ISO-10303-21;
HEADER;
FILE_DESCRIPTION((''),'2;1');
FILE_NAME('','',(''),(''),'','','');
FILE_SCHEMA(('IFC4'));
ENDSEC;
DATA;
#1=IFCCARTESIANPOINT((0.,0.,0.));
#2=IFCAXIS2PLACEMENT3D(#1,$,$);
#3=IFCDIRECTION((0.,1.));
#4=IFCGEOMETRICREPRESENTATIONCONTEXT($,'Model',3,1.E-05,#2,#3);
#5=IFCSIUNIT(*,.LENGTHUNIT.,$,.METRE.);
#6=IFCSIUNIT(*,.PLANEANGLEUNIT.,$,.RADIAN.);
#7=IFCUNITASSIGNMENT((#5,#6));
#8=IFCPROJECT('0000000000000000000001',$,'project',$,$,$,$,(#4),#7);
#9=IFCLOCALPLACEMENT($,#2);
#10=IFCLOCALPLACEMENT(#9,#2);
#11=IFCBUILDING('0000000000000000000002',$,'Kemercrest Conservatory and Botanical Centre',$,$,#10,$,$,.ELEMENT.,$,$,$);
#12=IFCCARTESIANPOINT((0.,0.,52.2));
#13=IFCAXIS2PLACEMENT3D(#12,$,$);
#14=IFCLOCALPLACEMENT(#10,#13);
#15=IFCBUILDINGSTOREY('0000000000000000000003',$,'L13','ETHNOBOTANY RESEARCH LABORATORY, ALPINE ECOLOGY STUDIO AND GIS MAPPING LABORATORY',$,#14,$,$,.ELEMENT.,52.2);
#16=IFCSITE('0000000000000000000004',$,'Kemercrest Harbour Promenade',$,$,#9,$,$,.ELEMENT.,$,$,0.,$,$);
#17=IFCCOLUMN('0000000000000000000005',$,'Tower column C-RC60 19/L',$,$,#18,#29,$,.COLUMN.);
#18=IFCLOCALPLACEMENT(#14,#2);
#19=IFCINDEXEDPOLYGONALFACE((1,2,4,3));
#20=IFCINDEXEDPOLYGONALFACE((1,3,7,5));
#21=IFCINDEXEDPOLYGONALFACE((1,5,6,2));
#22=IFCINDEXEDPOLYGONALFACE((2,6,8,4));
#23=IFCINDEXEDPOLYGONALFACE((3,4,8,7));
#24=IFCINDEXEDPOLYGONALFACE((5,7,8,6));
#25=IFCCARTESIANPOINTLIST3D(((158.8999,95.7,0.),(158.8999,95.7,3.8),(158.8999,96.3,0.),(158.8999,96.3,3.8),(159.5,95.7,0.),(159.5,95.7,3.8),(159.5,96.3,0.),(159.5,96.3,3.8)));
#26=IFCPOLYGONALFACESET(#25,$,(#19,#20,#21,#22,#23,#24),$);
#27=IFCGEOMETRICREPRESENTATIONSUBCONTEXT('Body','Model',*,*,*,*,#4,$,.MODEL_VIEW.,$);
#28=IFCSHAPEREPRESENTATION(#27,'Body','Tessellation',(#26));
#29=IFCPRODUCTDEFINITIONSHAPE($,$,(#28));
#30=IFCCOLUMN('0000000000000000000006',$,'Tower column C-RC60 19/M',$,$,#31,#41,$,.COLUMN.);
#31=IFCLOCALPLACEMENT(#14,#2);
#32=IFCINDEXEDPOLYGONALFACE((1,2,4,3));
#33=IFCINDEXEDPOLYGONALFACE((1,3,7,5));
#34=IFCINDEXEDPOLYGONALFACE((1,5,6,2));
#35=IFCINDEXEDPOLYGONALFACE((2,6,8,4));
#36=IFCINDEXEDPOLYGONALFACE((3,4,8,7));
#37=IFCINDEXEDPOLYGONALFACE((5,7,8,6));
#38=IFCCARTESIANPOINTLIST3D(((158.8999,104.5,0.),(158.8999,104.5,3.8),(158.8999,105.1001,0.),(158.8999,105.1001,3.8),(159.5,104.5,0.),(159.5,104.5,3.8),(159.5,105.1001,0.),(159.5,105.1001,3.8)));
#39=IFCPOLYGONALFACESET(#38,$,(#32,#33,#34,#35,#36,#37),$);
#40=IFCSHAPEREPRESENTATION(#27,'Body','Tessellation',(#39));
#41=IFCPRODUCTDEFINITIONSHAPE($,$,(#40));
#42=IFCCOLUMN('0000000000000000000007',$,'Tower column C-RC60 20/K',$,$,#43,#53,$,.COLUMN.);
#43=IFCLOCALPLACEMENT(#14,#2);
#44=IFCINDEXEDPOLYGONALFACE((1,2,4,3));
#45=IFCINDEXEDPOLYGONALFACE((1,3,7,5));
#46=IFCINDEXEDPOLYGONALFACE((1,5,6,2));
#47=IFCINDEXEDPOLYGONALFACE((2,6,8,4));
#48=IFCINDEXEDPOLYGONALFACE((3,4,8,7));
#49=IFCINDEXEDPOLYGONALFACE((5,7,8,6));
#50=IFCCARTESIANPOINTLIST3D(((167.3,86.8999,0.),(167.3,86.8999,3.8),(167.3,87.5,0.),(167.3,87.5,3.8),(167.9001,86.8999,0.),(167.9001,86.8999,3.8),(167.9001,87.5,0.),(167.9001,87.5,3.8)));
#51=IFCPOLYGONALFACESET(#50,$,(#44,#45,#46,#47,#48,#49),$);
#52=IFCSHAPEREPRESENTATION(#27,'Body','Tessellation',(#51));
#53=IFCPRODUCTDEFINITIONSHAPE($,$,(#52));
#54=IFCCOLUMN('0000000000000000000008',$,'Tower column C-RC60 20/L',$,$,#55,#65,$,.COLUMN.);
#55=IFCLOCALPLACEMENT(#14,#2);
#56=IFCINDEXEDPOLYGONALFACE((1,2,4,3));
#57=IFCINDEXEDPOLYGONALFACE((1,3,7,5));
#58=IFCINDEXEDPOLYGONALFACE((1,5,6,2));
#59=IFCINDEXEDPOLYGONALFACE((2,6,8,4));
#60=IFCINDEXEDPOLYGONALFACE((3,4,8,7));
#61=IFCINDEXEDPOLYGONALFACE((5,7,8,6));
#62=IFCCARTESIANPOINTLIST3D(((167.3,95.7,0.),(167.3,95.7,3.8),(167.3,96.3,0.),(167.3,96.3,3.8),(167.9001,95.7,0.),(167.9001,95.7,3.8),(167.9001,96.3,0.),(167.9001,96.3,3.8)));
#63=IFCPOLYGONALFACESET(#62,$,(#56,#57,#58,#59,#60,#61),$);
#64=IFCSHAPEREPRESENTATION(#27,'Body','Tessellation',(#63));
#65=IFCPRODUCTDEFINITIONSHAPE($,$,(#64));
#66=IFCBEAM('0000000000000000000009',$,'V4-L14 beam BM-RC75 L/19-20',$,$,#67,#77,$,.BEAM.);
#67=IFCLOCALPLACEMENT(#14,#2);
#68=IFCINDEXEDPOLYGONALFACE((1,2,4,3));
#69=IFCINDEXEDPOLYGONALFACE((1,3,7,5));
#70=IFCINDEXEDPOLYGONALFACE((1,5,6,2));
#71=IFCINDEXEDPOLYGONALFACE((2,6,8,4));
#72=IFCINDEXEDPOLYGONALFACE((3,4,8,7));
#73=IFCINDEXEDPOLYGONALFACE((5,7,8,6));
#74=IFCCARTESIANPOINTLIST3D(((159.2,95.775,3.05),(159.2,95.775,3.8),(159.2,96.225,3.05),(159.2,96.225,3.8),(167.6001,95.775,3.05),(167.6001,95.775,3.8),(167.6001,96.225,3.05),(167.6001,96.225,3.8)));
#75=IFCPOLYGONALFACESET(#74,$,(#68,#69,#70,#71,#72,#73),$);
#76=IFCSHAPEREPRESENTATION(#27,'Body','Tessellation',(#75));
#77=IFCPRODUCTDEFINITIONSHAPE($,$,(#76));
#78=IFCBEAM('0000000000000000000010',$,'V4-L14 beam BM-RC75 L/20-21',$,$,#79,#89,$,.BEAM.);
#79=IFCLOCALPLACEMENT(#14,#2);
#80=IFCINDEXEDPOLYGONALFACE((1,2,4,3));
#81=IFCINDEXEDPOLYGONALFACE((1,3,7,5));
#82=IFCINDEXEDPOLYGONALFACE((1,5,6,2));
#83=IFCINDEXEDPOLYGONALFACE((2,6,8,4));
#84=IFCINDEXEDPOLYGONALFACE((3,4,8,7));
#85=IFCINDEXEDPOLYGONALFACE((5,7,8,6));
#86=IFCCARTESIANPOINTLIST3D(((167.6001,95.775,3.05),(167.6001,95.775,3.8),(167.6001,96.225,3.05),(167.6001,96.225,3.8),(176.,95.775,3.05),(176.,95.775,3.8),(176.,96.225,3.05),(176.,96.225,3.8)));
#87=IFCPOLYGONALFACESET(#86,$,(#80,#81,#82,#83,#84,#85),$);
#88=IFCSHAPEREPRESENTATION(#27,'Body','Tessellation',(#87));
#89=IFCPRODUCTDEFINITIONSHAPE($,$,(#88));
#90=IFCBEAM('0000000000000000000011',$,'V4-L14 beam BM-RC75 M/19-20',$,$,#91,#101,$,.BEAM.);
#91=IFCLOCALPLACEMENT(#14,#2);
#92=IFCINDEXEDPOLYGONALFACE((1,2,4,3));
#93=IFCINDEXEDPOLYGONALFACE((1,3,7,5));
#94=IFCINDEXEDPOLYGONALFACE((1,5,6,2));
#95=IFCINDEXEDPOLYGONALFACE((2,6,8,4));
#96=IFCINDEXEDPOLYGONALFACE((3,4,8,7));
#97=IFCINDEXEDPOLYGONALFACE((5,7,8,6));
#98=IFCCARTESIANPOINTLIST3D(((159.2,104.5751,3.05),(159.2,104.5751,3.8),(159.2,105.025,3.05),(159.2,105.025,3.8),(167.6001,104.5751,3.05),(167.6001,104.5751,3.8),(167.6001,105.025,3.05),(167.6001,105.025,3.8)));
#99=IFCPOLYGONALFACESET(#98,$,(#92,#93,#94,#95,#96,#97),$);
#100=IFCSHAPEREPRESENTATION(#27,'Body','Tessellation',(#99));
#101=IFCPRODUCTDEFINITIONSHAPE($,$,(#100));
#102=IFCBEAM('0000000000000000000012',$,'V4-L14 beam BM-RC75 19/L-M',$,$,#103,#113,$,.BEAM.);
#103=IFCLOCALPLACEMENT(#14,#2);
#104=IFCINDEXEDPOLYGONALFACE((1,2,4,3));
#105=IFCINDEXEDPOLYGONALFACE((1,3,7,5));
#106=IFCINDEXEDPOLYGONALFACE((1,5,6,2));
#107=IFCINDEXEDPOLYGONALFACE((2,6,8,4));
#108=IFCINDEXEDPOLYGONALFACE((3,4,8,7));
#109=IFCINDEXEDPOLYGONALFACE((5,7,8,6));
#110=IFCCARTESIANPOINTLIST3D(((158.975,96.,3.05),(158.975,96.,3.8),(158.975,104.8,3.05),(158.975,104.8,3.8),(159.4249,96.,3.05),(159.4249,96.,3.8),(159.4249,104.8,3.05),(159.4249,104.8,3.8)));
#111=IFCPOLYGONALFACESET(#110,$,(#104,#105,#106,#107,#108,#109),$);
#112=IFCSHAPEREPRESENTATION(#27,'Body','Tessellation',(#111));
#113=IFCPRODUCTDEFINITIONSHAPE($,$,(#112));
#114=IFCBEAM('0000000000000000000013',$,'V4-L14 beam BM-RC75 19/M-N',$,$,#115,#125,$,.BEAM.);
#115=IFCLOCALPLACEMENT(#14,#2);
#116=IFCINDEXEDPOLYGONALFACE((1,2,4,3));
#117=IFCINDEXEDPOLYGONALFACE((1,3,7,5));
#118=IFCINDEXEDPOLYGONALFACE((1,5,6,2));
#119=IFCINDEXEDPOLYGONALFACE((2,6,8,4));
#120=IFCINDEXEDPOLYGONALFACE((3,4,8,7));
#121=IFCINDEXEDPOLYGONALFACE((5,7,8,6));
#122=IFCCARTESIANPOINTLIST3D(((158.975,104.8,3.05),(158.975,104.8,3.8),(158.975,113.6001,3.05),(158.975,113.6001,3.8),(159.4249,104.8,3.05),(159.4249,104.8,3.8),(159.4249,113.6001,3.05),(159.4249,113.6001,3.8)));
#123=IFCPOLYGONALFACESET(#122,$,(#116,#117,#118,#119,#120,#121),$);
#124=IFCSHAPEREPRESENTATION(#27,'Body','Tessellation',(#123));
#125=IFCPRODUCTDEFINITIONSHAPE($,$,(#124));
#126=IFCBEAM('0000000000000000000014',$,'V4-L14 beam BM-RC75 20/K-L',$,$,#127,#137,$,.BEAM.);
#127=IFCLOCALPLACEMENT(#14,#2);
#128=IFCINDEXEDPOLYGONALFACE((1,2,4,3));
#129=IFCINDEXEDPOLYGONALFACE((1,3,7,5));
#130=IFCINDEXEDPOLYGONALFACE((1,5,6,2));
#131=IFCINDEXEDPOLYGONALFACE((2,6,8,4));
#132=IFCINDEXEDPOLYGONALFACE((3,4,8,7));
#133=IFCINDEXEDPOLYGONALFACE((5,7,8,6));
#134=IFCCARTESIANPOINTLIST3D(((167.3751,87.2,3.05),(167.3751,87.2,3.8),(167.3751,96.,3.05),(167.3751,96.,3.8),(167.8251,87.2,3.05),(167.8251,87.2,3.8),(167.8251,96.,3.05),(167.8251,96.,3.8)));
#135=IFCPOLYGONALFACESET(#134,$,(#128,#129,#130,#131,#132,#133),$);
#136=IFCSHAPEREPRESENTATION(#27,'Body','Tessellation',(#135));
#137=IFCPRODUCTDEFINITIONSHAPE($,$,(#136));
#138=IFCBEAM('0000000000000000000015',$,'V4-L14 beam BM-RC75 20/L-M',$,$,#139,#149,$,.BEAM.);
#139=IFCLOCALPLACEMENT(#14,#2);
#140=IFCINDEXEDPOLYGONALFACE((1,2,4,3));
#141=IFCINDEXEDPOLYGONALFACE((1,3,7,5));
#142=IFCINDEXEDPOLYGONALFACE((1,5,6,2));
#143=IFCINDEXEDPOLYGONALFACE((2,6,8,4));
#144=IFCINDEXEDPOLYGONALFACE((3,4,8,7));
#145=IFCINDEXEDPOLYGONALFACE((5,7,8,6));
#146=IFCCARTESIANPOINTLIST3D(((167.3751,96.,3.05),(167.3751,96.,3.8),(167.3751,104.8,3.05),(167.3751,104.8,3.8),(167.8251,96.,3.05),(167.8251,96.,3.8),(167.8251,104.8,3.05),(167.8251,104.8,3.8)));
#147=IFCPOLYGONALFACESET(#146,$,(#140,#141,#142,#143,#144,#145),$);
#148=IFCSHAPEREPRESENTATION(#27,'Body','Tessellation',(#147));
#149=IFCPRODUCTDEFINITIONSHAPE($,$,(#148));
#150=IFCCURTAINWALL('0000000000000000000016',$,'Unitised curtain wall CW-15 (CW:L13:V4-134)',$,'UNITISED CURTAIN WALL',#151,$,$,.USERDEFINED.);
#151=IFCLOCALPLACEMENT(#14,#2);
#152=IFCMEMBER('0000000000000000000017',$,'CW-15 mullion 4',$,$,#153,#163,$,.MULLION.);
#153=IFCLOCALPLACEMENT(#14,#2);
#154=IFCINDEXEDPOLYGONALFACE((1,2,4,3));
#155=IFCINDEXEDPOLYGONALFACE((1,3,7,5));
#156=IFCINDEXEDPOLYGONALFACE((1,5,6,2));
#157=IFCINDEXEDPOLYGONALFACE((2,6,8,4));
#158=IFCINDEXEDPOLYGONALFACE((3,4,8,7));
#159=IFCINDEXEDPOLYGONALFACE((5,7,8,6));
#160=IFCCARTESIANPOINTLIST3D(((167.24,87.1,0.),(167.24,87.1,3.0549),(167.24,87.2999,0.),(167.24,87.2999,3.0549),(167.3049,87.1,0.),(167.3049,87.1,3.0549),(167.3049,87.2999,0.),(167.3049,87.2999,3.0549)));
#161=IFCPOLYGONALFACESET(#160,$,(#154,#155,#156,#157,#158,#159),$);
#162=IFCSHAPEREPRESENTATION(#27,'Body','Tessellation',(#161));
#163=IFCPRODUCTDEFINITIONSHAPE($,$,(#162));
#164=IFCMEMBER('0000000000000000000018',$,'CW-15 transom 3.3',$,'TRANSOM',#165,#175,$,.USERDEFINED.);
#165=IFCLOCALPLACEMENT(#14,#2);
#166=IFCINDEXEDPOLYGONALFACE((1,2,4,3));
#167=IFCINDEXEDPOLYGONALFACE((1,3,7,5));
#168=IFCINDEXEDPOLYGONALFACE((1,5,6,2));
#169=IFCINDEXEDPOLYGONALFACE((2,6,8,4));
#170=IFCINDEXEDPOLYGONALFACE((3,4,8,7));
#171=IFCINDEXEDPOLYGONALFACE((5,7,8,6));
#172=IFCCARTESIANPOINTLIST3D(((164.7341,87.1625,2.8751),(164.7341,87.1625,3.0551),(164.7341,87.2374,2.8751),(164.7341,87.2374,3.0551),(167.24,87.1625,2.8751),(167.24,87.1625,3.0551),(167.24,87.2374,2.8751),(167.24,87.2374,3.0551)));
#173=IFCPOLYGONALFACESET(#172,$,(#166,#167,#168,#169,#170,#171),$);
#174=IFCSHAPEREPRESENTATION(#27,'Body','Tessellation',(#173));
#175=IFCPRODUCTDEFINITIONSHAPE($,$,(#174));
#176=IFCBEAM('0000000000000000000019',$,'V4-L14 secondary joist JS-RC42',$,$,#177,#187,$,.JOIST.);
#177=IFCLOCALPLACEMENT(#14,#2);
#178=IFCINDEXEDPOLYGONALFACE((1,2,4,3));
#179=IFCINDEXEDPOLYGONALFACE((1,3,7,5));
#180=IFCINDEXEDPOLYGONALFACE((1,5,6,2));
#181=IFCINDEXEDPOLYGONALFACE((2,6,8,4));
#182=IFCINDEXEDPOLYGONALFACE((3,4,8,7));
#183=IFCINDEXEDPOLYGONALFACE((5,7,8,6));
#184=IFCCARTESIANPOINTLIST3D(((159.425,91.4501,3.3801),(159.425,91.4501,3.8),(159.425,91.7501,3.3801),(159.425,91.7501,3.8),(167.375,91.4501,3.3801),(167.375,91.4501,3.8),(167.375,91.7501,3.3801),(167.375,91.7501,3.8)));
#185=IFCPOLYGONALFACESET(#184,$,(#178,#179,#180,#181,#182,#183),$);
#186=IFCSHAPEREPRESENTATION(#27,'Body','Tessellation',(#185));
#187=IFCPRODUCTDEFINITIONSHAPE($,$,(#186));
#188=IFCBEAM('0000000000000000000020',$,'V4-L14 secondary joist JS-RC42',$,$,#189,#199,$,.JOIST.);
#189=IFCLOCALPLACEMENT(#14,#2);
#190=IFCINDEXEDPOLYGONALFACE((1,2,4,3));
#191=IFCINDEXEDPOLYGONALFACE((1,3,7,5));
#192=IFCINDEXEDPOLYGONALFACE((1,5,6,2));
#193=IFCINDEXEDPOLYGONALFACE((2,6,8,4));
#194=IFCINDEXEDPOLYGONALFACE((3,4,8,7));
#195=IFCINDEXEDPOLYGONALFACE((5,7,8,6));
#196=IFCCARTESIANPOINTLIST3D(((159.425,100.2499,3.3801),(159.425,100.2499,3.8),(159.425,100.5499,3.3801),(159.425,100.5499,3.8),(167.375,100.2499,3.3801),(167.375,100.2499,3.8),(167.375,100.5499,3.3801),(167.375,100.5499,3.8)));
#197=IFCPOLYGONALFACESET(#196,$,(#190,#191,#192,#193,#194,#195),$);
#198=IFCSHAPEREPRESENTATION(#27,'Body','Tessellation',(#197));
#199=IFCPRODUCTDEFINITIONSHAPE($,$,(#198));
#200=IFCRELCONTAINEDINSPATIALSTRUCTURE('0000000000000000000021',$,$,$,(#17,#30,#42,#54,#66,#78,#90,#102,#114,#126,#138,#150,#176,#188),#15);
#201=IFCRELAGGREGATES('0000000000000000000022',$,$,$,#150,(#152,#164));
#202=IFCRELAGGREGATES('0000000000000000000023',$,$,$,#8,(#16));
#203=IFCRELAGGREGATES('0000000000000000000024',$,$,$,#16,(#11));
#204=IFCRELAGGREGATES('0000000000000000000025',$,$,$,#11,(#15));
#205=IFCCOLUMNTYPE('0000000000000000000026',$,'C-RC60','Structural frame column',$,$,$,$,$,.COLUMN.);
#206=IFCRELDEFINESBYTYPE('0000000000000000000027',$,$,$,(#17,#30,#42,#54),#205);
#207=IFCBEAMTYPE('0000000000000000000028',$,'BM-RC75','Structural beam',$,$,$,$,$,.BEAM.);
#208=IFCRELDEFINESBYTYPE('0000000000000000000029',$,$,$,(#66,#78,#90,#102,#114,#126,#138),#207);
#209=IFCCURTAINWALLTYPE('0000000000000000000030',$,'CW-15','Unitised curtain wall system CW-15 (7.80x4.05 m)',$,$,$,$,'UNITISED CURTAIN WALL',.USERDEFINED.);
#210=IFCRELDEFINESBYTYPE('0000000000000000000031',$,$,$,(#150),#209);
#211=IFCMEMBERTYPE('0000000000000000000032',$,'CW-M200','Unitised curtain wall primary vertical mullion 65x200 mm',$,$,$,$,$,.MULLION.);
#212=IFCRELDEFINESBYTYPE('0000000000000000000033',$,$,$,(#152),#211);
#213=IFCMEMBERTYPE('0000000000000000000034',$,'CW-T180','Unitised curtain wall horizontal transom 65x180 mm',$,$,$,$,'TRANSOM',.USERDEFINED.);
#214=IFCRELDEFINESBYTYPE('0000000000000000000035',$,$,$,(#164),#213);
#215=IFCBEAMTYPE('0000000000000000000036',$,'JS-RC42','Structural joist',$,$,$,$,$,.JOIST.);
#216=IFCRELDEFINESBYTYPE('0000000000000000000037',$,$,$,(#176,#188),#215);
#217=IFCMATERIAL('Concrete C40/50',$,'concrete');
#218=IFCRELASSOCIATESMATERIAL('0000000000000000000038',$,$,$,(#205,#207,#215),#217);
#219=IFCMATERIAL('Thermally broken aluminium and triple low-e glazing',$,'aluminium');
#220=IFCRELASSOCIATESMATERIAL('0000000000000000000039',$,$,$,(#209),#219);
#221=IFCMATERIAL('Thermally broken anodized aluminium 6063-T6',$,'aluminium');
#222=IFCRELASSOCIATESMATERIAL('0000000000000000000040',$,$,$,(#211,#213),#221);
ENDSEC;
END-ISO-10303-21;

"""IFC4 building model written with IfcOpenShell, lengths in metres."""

from ifc_helpers import new_model, si_unit, direction, frame, origin, origin_2d, place, context, subcontext, project, spatial, rectangle, extrude, material, material_profile, profile_set, type_object, element, aggregate, save


model = new_model("IFC4")

# Units and contexts
model_context = context("Model", 3, precision=1e-05, world=origin(), true_north=direction((0.0, 1.0)))
body_context = subcontext(model_context, "Body", "Model", "MODEL_VIEW")
ifc_project = project(units=[si_unit("LENGTHUNIT", "METRE"), si_unit("PLANEANGLEUNIT", "RADIAN")], contexts=[model_context])

# Site, building, storey
site_placement = place(None, origin())
site = spatial("IfcSite", under=ifc_project, at=site_placement, Name="Kemercrest Harbour Promenade", CompositionType="ELEMENT", RefElevation=0.0)
building_placement = place(site_placement, origin())
building = spatial("IfcBuilding", under=site, at=building_placement, Name="Kemercrest Conservatory and Botanical Centre", CompositionType="ELEMENT")
storey_placement = place(building_placement, frame((0.0, 0.0, 52.2)))
storey = spatial("IfcBuildingStorey", under=building, at=storey_placement, Name="L13", Description="ETHNOBOTANY RESEARCH LABORATORY, ALPINE ECOLOGY STUDIO AND GIS MAPPING LABORATORY", CompositionType="ELEMENT", Elevation=52.2)

# Columns
ifc_material_1 = material(Name="Concrete C40/50", Category="concrete")
ifc_material_profile_1 = material_profile(ifc_material_1, rectangle(XDim=0.6001, YDim=0.6001, at=origin_2d()), Name="RC 600x600")
ifc_profile_set_1 = profile_set([ifc_material_profile_1], Name="Concrete C40/50")
column_type = type_object("IfcColumnType", Name="C-RC60", Description="Structural frame column", PredefinedType="COLUMN", material=ifc_profile_set_1)
for number, where, z_axis, x_axis, name in (
    (1, (159.2, 96.0, 0.0), (0.0, 0.0, 1.0), (1.0, 0.0, 0.0), "Tower column C-RC60 19/L"),
    (2, (159.2, 104.8, 0.0), (0.0, 0.0, 1.0), (1.0, 0.0, 0.0), "Tower column C-RC60 19/M"),
    (3, (167.6001, 87.2, 0.0), (0.0, 0.0, 1.0), (1.0, 0.0, 0.0), "Tower column C-RC60 20/K"),
    (4, (167.6001, 96.0, 0.0), (0.0, 0.0, 1.0), (1.0, 0.0, 0.0), "Tower column C-RC60 20/L"),
):
    element("IfcColumn", number, at=place(storey_placement, frame(where, z_axis=z_axis, x_axis=x_axis)), inside=storey, type_object=column_type, Name=name, PredefinedType="COLUMN", context=body_context, shape_type="SweptSolid", body=[
        extrude(rectangle(XDim=0.6001, YDim=0.6001, at=origin_2d()), origin(), (0.0, 0.0, 1.0), 3.8),
    ])

# Beams
ifc_material_profile_2 = material_profile(ifc_material_1, rectangle(XDim=0.45, YDim=0.75, at=origin_2d()), Name="RC 450x750")
ifc_profile_set_2 = profile_set([ifc_material_profile_2], Name="Concrete C40/50")
beam_type_1 = type_object("IfcBeamType", Name="BM-RC75", Description="Structural beam", PredefinedType="BEAM", material=ifc_profile_set_2)
beam_1_placement = place(storey_placement, frame((159.2, 96.0, 3.425), z_axis=(1.0, 0.0, 0.0), x_axis=(0.0, 1.0, 0.0)))
element("IfcBeam", 5, at=beam_1_placement, inside=storey, type_object=beam_type_1, Name="V4-L14 beam BM-RC75 L/19-20", PredefinedType="BEAM", context=body_context, shape_type="SweptSolid", body=[
    extrude(rectangle(XDim=0.45, YDim=0.75, at=origin_2d()), origin(), (0.0, 0.0, 1.0), 8.4001),
])
beam_2_placement = place(storey_placement, frame((167.6001, 96.0, 3.425), z_axis=(1.0, 0.0, 0.0), x_axis=(0.0, 1.0, 0.0)))
element("IfcBeam", 6, at=beam_2_placement, inside=storey, type_object=beam_type_1, Name="V4-L14 beam BM-RC75 L/20-21", PredefinedType="BEAM", context=body_context, shape_type="SweptSolid", body=[
    extrude(rectangle(XDim=0.45, YDim=0.75, at=origin_2d()), origin(), (0.0, 0.0, 1.0), 8.3999),
])
beam_3_placement = place(storey_placement, frame((159.2, 104.8, 3.425), z_axis=(1.0, 0.0, 0.0), x_axis=(0.0, 1.0, 0.0)))
element("IfcBeam", 7, at=beam_3_placement, inside=storey, type_object=beam_type_1, Name="V4-L14 beam BM-RC75 M/19-20", PredefinedType="BEAM", context=body_context, shape_type="SweptSolid", body=[
    extrude(rectangle(XDim=0.45, YDim=0.75, at=origin_2d()), origin(), (0.0, 0.0, 1.0), 8.4001),
])
for number, where, z_axis, x_axis, name in (
    (8, (159.2, 96.0, 3.425), (0.0, 1.0, 0.0), (-1.0, 0.0, 0.0), "V4-L14 beam BM-RC75 19/L-M"),
    (9, (159.2, 104.8, 3.425), (0.0, 1.0, 0.0), (-1.0, 0.0, 0.0), "V4-L14 beam BM-RC75 19/M-N"),
    (10, (167.6001, 87.2, 3.425), (0.0, 1.0, 0.0), (-1.0, 0.0, 0.0), "V4-L14 beam BM-RC75 20/K-L"),
    (11, (167.6001, 96.0, 3.425), (0.0, 1.0, 0.0), (-1.0, 0.0, 0.0), "V4-L14 beam BM-RC75 20/L-M"),
):
    element("IfcBeam", number, at=place(storey_placement, frame(where, z_axis=z_axis, x_axis=x_axis)), inside=storey, type_object=beam_type_1, Name=name, PredefinedType="BEAM", context=body_context, shape_type="SweptSolid", body=[
        extrude(rectangle(XDim=0.45, YDim=0.75, at=origin_2d()), origin(), (0.0, 0.0, 1.0), 8.8),
    ])

# Curtain wall, members
ifc_material_2 = material(Name="Thermally broken aluminium and triple low-e glazing", Category="aluminium")
curtain_wall_type = type_object("IfcCurtainWallType", Name="CW-15", Description="Unitised curtain wall system CW-15 (7.80x4.05 m)", ElementType="UNITISED CURTAIN WALL", PredefinedType="USERDEFINED", material=ifc_material_2)
curtain_wall_placement = place(storey_placement, origin())
curtain_wall = element("IfcCurtainWall", 12, at=curtain_wall_placement, inside=storey, type_object=curtain_wall_type, Name="Unitised curtain wall CW-15 (CW:L13:V4-134)", ObjectType="UNITISED CURTAIN WALL", PredefinedType="USERDEFINED")
ifc_material_3 = material(Name="Thermally broken anodized aluminium 6063-T6", Category="aluminium")
ifc_material_profile_3 = material_profile(ifc_material_3, rectangle(XDim=0.2, YDim=0.0649, at=origin_2d()), Name="AL MULLION 65x200")
ifc_profile_set_3 = profile_set([ifc_material_profile_3], Name="Thermally broken anodized aluminium 6063-T6")
member_type_1 = type_object("IfcMemberType", Name="CW-M200", Description="Unitised curtain wall primary vertical mullion 65x200 mm", PredefinedType="MULLION", material=ifc_profile_set_3)
member_1_placement = place(storey_placement, frame((167.2725, 87.2, 0.0), z_axis=(0.0, 0.0, 1.0), x_axis=(0.0, 1.0, 0.0)))
member_1 = element("IfcMember", 13, at=member_1_placement, type_object=member_type_1, Name="CW-15 mullion 4", PredefinedType="MULLION", context=body_context, shape_type="SweptSolid", body=[
    extrude(rectangle(XDim=0.2, YDim=0.0649, at=origin_2d()), origin(), (0.0, 0.0, 1.0), 3.0549),
])
ifc_material_profile_4 = material_profile(ifc_material_3, rectangle(XDim=0.075, YDim=0.1799, at=origin_2d()), Name="AL TRANSOM 75x180")
ifc_profile_set_4 = profile_set([ifc_material_profile_4], Name="Thermally broken anodized aluminium 6063-T6")
member_type_2 = type_object("IfcMemberType", Name="CW-T180", Description="Unitised curtain wall horizontal transom 65x180 mm", ElementType="TRANSOM", PredefinedType="USERDEFINED", material=ifc_profile_set_4)
member_2_placement = place(storey_placement, frame((164.7341, 87.2, 2.9651), z_axis=(1.0, 0.0, 0.0), x_axis=(0.0, 1.0, 0.0)))
member_2 = element("IfcMember", 14, at=member_2_placement, type_object=member_type_2, Name="CW-15 transom 3.3", ObjectType="TRANSOM", PredefinedType="USERDEFINED", context=body_context, shape_type="SweptSolid", body=[
    extrude(rectangle(XDim=0.075, YDim=0.1799, at=origin_2d()), origin(), (0.0, 0.0, 1.0), 2.5059),
])

# Beams
ifc_material_profile_5 = material_profile(ifc_material_1, rectangle(XDim=0.3, YDim=0.4199, at=origin_2d()), Name="RC 300x420")
ifc_profile_set_5 = profile_set([ifc_material_profile_5], Name="Concrete C40/50")
beam_type_2 = type_object("IfcBeamType", Name="JS-RC42", Description="Structural joist", PredefinedType="JOIST", material=ifc_profile_set_5)
for number, where, z_axis, x_axis, name in (
    (15, (159.425, 91.6001, 3.5901), (1.0, 0.0, 0.0), (0.0, 1.0, 0.0), "V4-L14 secondary joist JS-RC42"),
    (16, (159.425, 100.3999, 3.5901), (1.0, 0.0, 0.0), (0.0, 1.0, 0.0), "V4-L14 secondary joist JS-RC42"),
):
    element("IfcBeam", number, at=place(storey_placement, frame(where, z_axis=z_axis, x_axis=x_axis)), inside=storey, type_object=beam_type_2, Name=name, PredefinedType="JOIST", context=body_context, shape_type="SweptSolid", body=[
        extrude(rectangle(XDim=0.3, YDim=0.4199, at=origin_2d()), origin(), (0.0, 0.0, 1.0), 7.95),
    ])

aggregate(curtain_wall, [member_1, member_2])

save(model, "model.ifc")
